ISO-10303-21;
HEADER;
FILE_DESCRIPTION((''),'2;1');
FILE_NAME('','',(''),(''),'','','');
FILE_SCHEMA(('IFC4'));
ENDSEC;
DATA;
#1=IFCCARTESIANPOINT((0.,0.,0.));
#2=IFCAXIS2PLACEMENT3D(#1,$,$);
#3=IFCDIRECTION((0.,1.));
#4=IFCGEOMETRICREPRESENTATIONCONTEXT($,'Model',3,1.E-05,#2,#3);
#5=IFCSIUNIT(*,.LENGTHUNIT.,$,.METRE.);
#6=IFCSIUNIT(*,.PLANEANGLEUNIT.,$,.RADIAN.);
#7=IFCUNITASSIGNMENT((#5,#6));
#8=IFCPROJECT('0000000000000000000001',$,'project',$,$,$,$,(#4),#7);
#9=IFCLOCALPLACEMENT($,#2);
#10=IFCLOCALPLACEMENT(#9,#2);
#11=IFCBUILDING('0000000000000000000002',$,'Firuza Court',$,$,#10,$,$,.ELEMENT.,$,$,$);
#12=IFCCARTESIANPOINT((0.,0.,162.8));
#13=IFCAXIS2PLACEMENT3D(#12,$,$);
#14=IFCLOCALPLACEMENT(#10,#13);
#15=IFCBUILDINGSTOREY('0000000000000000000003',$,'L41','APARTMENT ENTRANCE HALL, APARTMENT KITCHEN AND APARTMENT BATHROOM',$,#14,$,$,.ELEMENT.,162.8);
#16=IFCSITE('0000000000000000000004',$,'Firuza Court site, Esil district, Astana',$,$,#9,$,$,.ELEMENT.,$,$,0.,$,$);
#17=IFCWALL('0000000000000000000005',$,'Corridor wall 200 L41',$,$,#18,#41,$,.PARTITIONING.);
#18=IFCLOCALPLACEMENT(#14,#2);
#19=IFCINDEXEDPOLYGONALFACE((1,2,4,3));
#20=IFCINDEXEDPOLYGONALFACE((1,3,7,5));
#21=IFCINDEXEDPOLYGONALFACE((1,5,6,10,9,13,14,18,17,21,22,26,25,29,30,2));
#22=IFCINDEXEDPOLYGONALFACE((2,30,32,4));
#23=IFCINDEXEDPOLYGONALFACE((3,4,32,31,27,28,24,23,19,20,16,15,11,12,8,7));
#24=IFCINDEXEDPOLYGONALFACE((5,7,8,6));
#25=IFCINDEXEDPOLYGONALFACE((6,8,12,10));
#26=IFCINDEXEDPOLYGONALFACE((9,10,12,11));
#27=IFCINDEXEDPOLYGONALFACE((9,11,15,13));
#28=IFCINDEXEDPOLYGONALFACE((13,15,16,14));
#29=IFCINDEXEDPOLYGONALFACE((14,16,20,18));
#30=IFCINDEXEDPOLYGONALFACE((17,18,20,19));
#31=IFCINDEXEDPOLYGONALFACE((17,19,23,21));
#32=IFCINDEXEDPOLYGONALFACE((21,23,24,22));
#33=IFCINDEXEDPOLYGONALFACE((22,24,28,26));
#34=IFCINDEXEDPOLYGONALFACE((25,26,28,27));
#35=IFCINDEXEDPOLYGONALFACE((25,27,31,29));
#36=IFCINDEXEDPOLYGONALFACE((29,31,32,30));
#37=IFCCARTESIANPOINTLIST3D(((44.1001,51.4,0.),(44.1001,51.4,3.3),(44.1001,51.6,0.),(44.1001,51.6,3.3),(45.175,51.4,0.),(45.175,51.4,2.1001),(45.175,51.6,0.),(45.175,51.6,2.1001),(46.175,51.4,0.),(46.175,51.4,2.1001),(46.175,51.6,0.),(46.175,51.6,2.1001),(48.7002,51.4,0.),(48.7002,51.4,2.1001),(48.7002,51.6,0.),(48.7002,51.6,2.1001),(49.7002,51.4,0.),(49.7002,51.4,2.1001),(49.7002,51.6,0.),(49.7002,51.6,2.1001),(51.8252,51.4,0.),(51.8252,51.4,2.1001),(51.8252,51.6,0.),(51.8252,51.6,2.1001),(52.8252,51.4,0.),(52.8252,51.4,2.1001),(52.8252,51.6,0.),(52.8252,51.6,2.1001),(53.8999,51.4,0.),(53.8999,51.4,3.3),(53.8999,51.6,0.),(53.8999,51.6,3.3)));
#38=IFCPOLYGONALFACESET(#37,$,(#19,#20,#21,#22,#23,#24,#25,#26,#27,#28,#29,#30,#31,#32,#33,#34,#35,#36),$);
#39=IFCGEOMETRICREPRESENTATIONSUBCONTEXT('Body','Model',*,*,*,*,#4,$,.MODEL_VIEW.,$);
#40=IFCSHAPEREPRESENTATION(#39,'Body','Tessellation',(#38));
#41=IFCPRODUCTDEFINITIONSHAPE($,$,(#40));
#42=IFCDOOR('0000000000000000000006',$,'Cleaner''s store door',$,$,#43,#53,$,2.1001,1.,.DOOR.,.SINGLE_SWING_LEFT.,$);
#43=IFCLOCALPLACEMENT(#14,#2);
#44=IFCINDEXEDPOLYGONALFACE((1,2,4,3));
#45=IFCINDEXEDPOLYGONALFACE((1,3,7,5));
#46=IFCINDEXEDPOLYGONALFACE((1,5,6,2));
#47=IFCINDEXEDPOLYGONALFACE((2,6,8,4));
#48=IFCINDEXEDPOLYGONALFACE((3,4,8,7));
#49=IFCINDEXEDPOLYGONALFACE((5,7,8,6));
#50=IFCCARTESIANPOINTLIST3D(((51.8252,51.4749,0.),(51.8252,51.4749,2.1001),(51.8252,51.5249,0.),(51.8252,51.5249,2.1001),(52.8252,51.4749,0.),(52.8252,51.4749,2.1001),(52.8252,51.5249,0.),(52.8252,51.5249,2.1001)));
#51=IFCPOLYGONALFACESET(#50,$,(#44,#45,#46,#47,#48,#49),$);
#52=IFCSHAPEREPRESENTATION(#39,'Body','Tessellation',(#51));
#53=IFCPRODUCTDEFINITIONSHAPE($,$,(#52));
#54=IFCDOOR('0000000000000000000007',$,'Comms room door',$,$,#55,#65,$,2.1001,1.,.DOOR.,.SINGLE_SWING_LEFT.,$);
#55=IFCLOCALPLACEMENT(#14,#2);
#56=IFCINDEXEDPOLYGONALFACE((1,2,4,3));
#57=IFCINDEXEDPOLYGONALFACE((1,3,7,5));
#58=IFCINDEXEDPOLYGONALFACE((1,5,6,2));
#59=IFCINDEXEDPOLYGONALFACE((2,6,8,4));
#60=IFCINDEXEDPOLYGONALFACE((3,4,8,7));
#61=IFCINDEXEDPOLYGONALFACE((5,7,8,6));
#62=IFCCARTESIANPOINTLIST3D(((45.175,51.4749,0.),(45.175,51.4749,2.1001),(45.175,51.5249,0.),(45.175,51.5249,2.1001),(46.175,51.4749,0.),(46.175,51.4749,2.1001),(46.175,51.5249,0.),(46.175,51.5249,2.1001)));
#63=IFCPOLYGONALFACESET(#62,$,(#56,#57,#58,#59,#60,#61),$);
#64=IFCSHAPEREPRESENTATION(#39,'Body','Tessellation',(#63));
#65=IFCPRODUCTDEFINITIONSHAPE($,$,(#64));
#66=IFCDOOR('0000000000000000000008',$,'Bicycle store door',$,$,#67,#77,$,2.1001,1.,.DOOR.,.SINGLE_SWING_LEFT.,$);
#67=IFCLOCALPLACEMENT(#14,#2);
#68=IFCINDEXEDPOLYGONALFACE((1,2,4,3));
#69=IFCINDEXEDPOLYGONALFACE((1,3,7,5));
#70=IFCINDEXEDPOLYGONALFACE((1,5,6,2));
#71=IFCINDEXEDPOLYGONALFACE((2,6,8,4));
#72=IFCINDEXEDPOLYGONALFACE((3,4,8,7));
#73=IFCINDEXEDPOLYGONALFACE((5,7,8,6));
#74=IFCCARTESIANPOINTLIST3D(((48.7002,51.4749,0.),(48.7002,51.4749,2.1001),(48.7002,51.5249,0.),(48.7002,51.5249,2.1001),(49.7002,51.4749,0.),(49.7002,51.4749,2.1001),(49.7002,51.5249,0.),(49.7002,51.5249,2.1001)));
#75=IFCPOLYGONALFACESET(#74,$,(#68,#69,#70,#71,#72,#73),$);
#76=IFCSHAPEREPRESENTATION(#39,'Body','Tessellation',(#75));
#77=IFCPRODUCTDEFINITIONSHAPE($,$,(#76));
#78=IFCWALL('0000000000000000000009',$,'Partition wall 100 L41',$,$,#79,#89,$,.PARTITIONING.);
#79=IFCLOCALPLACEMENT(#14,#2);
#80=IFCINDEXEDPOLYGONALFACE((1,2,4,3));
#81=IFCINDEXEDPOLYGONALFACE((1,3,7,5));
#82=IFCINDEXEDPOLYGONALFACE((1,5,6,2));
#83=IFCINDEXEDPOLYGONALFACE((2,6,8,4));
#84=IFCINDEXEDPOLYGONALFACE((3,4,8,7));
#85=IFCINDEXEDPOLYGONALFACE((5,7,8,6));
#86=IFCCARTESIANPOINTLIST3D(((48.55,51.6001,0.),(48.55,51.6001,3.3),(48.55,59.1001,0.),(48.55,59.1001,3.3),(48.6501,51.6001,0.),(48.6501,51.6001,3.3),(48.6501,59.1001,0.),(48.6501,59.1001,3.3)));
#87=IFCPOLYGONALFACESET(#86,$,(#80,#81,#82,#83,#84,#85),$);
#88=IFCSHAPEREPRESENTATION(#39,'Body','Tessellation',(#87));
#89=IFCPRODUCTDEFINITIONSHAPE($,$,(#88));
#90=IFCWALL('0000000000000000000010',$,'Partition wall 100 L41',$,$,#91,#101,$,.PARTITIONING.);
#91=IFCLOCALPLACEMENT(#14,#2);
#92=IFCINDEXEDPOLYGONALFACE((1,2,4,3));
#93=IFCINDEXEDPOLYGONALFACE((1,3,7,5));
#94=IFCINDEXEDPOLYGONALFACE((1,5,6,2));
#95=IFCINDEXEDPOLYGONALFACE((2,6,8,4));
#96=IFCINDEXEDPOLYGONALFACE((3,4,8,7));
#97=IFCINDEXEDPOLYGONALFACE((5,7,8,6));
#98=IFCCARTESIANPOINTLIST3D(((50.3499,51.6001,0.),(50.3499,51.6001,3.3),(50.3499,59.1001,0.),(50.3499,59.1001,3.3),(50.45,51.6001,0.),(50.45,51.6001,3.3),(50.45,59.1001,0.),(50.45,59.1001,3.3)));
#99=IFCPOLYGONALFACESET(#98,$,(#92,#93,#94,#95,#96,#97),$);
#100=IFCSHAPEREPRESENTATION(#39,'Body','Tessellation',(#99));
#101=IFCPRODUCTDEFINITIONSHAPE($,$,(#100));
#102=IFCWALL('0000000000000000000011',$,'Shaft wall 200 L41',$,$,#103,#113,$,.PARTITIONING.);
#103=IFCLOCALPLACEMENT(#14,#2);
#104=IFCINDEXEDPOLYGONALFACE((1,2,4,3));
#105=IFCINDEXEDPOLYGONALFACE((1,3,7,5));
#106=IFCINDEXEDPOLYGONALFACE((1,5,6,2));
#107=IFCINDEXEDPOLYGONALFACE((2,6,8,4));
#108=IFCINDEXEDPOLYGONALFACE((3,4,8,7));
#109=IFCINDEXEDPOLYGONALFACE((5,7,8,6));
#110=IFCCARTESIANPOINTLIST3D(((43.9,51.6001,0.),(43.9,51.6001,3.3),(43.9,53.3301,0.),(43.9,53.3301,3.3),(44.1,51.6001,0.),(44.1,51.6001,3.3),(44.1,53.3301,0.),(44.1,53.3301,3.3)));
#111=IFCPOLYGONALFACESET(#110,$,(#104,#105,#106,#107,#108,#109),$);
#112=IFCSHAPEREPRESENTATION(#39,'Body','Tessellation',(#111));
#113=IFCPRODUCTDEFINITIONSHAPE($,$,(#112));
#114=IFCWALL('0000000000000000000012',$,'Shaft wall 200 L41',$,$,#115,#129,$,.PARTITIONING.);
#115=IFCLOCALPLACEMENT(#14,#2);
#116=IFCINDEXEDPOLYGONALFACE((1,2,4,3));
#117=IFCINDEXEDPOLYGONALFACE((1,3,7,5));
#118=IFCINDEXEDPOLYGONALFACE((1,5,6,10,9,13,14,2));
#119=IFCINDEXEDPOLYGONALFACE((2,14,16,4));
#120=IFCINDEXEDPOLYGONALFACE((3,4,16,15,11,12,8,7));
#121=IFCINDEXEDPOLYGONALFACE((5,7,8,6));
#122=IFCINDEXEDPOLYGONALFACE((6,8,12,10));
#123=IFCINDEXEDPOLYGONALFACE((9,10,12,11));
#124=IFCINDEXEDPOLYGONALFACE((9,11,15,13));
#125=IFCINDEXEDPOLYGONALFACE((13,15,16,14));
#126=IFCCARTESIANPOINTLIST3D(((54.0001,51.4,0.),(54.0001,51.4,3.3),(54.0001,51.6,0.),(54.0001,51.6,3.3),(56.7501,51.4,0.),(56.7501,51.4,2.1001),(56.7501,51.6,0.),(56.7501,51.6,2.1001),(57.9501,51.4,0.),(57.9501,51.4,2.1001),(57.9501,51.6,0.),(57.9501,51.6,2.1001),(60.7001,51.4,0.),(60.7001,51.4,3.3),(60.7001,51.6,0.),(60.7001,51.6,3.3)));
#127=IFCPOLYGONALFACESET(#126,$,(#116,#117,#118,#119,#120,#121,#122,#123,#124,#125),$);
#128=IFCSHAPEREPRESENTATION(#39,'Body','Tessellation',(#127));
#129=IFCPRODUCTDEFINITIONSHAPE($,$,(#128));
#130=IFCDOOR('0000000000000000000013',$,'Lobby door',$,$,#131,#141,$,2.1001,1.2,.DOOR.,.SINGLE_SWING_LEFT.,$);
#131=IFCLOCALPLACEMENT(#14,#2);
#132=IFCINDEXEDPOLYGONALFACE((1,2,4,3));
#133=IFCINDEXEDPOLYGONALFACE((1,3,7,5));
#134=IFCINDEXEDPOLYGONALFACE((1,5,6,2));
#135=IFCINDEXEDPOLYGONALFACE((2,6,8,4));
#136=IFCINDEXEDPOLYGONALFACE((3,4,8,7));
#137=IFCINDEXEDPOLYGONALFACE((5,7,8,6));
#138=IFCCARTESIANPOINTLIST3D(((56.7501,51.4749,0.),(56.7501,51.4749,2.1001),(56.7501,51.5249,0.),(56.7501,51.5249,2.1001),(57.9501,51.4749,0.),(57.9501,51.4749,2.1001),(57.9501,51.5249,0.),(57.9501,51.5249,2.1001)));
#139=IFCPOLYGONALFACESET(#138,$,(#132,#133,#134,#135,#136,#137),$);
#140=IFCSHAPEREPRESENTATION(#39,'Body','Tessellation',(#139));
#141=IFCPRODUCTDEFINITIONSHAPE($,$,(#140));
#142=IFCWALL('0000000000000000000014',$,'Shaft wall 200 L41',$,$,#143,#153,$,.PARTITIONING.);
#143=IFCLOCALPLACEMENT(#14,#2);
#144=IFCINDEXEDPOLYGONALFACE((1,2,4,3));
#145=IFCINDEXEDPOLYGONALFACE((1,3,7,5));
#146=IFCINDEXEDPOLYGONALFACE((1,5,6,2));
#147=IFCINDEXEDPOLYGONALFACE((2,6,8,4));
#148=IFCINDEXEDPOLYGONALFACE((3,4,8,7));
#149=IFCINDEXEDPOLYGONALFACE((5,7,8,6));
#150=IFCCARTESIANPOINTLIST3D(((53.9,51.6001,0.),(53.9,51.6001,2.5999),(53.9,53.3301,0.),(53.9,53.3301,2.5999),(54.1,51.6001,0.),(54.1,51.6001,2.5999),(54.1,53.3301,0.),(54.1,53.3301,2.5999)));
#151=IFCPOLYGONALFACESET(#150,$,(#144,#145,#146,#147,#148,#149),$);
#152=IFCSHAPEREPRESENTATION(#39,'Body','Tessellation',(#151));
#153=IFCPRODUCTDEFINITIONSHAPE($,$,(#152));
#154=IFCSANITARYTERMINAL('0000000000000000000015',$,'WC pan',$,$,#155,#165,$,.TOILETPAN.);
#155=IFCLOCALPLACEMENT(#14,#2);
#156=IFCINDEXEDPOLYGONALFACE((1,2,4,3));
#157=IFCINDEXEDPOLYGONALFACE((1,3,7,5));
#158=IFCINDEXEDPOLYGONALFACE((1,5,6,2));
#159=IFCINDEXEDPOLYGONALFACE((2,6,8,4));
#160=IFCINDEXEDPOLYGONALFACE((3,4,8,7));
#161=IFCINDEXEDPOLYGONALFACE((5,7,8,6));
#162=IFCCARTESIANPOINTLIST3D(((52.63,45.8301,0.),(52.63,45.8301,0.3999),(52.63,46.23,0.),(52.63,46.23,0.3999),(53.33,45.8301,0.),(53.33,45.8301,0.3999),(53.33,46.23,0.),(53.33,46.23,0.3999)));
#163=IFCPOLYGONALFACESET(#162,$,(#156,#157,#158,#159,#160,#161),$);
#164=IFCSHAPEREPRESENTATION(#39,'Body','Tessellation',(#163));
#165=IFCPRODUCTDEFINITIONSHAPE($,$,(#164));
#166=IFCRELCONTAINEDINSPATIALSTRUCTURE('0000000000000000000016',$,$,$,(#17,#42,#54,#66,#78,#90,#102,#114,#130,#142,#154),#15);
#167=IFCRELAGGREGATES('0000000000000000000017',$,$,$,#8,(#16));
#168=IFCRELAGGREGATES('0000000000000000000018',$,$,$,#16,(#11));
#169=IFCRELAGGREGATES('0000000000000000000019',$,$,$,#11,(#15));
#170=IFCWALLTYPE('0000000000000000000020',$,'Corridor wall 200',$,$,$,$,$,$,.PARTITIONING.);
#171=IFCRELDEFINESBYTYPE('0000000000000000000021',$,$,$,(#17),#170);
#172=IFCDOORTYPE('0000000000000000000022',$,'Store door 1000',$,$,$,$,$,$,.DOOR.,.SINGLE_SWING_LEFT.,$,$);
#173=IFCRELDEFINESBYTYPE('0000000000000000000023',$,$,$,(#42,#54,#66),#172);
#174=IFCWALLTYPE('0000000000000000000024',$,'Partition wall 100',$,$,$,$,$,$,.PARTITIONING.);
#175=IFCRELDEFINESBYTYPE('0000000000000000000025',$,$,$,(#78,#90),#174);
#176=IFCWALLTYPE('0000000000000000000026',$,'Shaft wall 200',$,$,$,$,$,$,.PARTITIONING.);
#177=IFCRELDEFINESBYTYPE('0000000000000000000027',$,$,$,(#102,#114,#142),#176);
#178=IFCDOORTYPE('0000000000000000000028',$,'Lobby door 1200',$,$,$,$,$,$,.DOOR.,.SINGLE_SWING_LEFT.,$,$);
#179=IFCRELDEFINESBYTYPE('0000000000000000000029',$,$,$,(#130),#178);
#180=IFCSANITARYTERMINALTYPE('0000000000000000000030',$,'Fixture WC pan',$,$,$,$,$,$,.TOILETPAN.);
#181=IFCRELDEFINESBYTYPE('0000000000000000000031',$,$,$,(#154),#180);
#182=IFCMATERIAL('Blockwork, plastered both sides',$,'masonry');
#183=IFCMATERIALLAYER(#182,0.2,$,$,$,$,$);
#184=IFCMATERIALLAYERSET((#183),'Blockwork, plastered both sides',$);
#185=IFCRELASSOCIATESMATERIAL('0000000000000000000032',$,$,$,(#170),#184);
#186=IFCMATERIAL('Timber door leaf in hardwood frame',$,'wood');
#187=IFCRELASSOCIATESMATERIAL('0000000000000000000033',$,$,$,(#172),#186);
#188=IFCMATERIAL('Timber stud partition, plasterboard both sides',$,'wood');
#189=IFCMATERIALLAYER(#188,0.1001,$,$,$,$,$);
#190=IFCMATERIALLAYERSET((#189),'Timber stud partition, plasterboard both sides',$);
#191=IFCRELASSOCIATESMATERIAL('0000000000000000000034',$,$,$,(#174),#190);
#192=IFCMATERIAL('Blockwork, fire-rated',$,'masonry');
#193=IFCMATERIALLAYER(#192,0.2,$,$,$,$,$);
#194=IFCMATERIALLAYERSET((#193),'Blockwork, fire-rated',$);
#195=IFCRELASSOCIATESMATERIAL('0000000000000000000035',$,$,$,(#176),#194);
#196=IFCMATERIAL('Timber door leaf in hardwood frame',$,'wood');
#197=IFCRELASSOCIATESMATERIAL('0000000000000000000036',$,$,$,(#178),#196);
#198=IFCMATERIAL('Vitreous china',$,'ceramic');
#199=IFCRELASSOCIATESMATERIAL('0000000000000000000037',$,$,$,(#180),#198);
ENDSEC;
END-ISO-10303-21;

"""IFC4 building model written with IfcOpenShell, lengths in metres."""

from ifc_helpers import new_model, si_unit, direction, frame, frame_2d, origin, origin_2d, place, context, subcontext, project, spatial, rectangle, extrude, material, layer, layer_set, type_object, element, fill, save


model = new_model("IFC4")

# Units and contexts
model_context = context("Model", 3, precision=1e-05, world=origin(), true_north=direction((0.0, 1.0)))
body_context = subcontext(model_context, "Body", "Model", "MODEL_VIEW")
ifc_project = project(units=[si_unit("LENGTHUNIT", "METRE"), si_unit("PLANEANGLEUNIT", "RADIAN")], contexts=[model_context])

# Site, building, storey
site_placement = place(None, origin())
site = spatial("IfcSite", under=ifc_project, at=site_placement, Name="Firuza Court site, Esil district, Astana", CompositionType="ELEMENT", RefElevation=0.0)
building_placement = place(site_placement, origin())
building = spatial("IfcBuilding", under=site, at=building_placement, Name="Firuza Court", CompositionType="ELEMENT")
storey_placement = place(building_placement, frame((0.0, 0.0, 162.8)))
storey = spatial("IfcBuildingStorey", under=building, at=storey_placement, Name="L41", Description="APARTMENT ENTRANCE HALL, APARTMENT KITCHEN AND APARTMENT BATHROOM", CompositionType="ELEMENT", Elevation=162.8)

# Shared definitions
ifc_material_1 = material(Name="Blockwork, plastered both sides", Category="masonry")
ifc_layer_1 = layer(ifc_material_1, 0.2)
ifc_layer_set_1 = layer_set([ifc_layer_1], Name="Blockwork, plastered both sides")
wall_type_1 = type_object("IfcWallType", Name="Corridor wall 200", PredefinedType="PARTITIONING", material=ifc_layer_set_1)

# Wall, openings, doors
wall_1_placement = place(storey_placement, frame((44.1001, 51.5, 0.0), z_axis=(0.0, 0.0, 1.0), x_axis=(1.0, 0.0, 0.0)))
wall_1 = element("IfcWall", 1, at=wall_1_placement, inside=storey, type_object=wall_type_1, Name="Corridor wall 200 L41", PredefinedType="PARTITIONING", context=body_context, shape_type="SweptSolid", body=[
    extrude(rectangle(XDim=9.7998, YDim=0.2, at=frame_2d((4.8999, 0.0))), origin(), (0.0, 0.0, 1.0), 3.3),
])
opening_1_placement = place(wall_1_placement, frame((7.7251, 0.0, 0.0)))
opening_1 = element("IfcOpeningElement", 2, at=opening_1_placement, cuts=wall_1, PredefinedType="OPENING", context=body_context, shape_type="SweptSolid", body=[
    extrude(rectangle(XDim=1.0, YDim=2.1001, at=frame_2d((0.5, 1.05))), frame((0.0, 0.1118, 0.0), z_axis=(0.0, -1.0, 0.0), x_axis=(1.0, 0.0, 0.0)), (0.0, 0.0, 1.0), 0.2239),
])
opening_2_placement = place(wall_1_placement, frame((1.075, 0.0, 0.0)))
opening_2 = element("IfcOpeningElement", 3, at=opening_2_placement, cuts=wall_1, PredefinedType="OPENING", context=body_context, shape_type="SweptSolid", body=[
    extrude(rectangle(XDim=1.0, YDim=2.1001, at=frame_2d((0.5, 1.05))), frame((0.0, 0.1118, 0.0), z_axis=(0.0, -1.0, 0.0), x_axis=(1.0, 0.0, 0.0)), (0.0, 0.0, 1.0), 0.2239),
])
opening_3_placement = place(wall_1_placement, frame((4.6001, 0.0, 0.0)))
opening_3 = element("IfcOpeningElement", 4, at=opening_3_placement, cuts=wall_1, PredefinedType="OPENING", context=body_context, shape_type="SweptSolid", body=[
    extrude(rectangle(XDim=1.0, YDim=2.1001, at=frame_2d((0.5, 1.05))), frame((0.0, 0.1118, 0.0), z_axis=(0.0, -1.0, 0.0), x_axis=(1.0, 0.0, 0.0)), (0.0, 0.0, 1.0), 0.2239),
])
ifc_material_2 = material(Name="Timber door leaf in hardwood frame", Category="wood")
door_type_1 = type_object("IfcDoorType", Name="Store door 1000", OperationType="SINGLE_SWING_LEFT", PredefinedType="DOOR", material=ifc_material_2)
door_1_placement = place(opening_1_placement, origin())
door_1 = element("IfcDoor", 5, at=door_1_placement, inside=storey, type_object=door_type_1, Name="Cleaner's store door", OperationType="SINGLE_SWING_LEFT", OverallHeight=2.1001, OverallWidth=1.0, PredefinedType="DOOR", context=body_context, shape_type="SweptSolid", body=[
    extrude(rectangle(XDim=1.0, YDim=2.1001, at=frame_2d((0.5, 1.05))), frame((0.0, 0.0249, 0.0), z_axis=(0.0, -1.0, 0.0), x_axis=(1.0, 0.0, 0.0)), (0.0, 0.0, 1.0), 0.05),
])
fill(opening_1, door_1)
door_2_placement = place(opening_2_placement, origin())
door_2 = element("IfcDoor", 6, at=door_2_placement, inside=storey, type_object=door_type_1, Name="Comms room door", OperationType="SINGLE_SWING_LEFT", OverallHeight=2.1001, OverallWidth=1.0, PredefinedType="DOOR", context=body_context, shape_type="SweptSolid", body=[
    extrude(rectangle(XDim=1.0, YDim=2.1001, at=frame_2d((0.5, 1.05))), frame((0.0, 0.0249, 0.0), z_axis=(0.0, -1.0, 0.0), x_axis=(1.0, 0.0, 0.0)), (0.0, 0.0, 1.0), 0.05),
])
fill(opening_2, door_2)
door_3_placement = place(opening_3_placement, origin())
door_3 = element("IfcDoor", 7, at=door_3_placement, inside=storey, type_object=door_type_1, Name="Bicycle store door", OperationType="SINGLE_SWING_LEFT", OverallHeight=2.1001, OverallWidth=1.0, PredefinedType="DOOR", context=body_context, shape_type="SweptSolid", body=[
    extrude(rectangle(XDim=1.0, YDim=2.1001, at=frame_2d((0.5, 1.05))), frame((0.0, 0.0249, 0.0), z_axis=(0.0, -1.0, 0.0), x_axis=(1.0, 0.0, 0.0)), (0.0, 0.0, 1.0), 0.05),
])
fill(opening_3, door_3)

# Walls
ifc_material_3 = material(Name="Timber stud partition, plasterboard both sides", Category="wood")
ifc_layer_2 = layer(ifc_material_3, 0.1001)
ifc_layer_set_2 = layer_set([ifc_layer_2], Name="Timber stud partition, plasterboard both sides")
wall_type_2 = type_object("IfcWallType", Name="Partition wall 100", PredefinedType="PARTITIONING", material=ifc_layer_set_2)
for number, where, z_axis, x_axis, name in (
    (8, (48.6001, 51.6001, 0.0), (0.0, 0.0, 1.0), (0.0, 1.0, 0.0), "Partition wall 100 L41"),
    (9, (50.3999, 51.6001, 0.0), (0.0, 0.0, 1.0), (0.0, 1.0, 0.0), "Partition wall 100 L41"),
):
    element("IfcWall", number, at=place(storey_placement, frame(where, z_axis=z_axis, x_axis=x_axis)), inside=storey, type_object=wall_type_2, Name=name, PredefinedType="PARTITIONING", context=body_context, shape_type="SweptSolid", body=[
        extrude(rectangle(XDim=7.5, YDim=0.1001, at=frame_2d((3.75, 0.0))), origin(), (0.0, 0.0, 1.0), 3.3),
    ])
ifc_material_4 = material(Name="Blockwork, fire-rated", Category="masonry")
ifc_layer_3 = layer(ifc_material_4, 0.2)
ifc_layer_set_3 = layer_set([ifc_layer_3], Name="Blockwork, fire-rated")
wall_type_3 = type_object("IfcWallType", Name="Shaft wall 200", PredefinedType="PARTITIONING", material=ifc_layer_set_3)
wall_2_placement = place(storey_placement, frame((44.0, 51.6001, 0.0), z_axis=(0.0, 0.0, 1.0), x_axis=(0.0, 1.0, 0.0)))
element("IfcWall", 10, at=wall_2_placement, inside=storey, type_object=wall_type_3, Name="Shaft wall 200 L41", PredefinedType="PARTITIONING", context=body_context, shape_type="SweptSolid", body=[
    extrude(rectangle(XDim=1.73, YDim=0.2, at=frame_2d((0.865, 0.0))), origin(), (0.0, 0.0, 1.0), 3.3),
])

# Wall, opening, door
wall_3_placement = place(storey_placement, frame((54.0, 51.5, 0.0), z_axis=(0.0, 0.0, 1.0), x_axis=(1.0, 0.0, 0.0)))
wall_3 = element("IfcWall", 11, at=wall_3_placement, inside=storey, type_object=wall_type_3, Name="Shaft wall 200 L41", PredefinedType="PARTITIONING", context=body_context, shape_type="SweptSolid", body=[
    extrude(rectangle(XDim=6.7, YDim=0.2, at=frame_2d((3.3501, 0.0))), origin(), (0.0, 0.0, 1.0), 3.3),
])
opening_4_placement = place(wall_3_placement, frame((2.75, 0.0, 0.0)))
opening_4 = element("IfcOpeningElement", 12, at=opening_4_placement, cuts=wall_3, PredefinedType="OPENING", context=body_context, shape_type="SweptSolid", body=[
    extrude(rectangle(XDim=1.2, YDim=2.1001, at=frame_2d((0.6001, 1.05))), frame((0.0, 0.1118, 0.0), z_axis=(0.0, -1.0, 0.0), x_axis=(1.0, 0.0, 0.0)), (0.0, 0.0, 1.0), 0.2239),
])
ifc_material_5 = material(Name="Timber door leaf in hardwood frame", Category="wood")
door_type_2 = type_object("IfcDoorType", Name="Lobby door 1200", OperationType="SINGLE_SWING_LEFT", PredefinedType="DOOR", material=ifc_material_5)
door_4_placement = place(opening_4_placement, origin())
door_4 = element("IfcDoor", 13, at=door_4_placement, inside=storey, type_object=door_type_2, Name="Lobby door", OperationType="SINGLE_SWING_LEFT", OverallHeight=2.1001, OverallWidth=1.2, PredefinedType="DOOR", context=body_context, shape_type="SweptSolid", body=[
    extrude(rectangle(XDim=1.2, YDim=2.1001, at=frame_2d((0.6001, 1.05))), frame((0.0, 0.0249, 0.0), z_axis=(0.0, -1.0, 0.0), x_axis=(1.0, 0.0, 0.0)), (0.0, 0.0, 1.0), 0.05),
])
fill(opening_4, door_4)

# Wall
wall_4_placement = place(storey_placement, frame((54.0, 51.6001, 0.0), z_axis=(0.0, 0.0, 1.0), x_axis=(0.0, 1.0, 0.0)))
element("IfcWall", 14, at=wall_4_placement, inside=storey, type_object=wall_type_3, Name="Shaft wall 200 L41", PredefinedType="PARTITIONING", context=body_context, shape_type="SweptSolid", body=[
    extrude(rectangle(XDim=1.73, YDim=0.2, at=frame_2d((0.865, 0.0))), origin(), (0.0, 0.0, 1.0), 2.5999),
])

# Sanitary terminal
ifc_material_6 = material(Name="Vitreous china", Category="ceramic")
sanitary_terminal_type_1 = type_object("IfcSanitaryTerminalType", Name="Fixture WC pan", PredefinedType="TOILETPAN", material=ifc_material_6)
sanitary_terminal_1_placement = place(storey_placement, frame((52.98, 46.03, 0.0), z_axis=(0.0, 0.0, 1.0), x_axis=(1.0, 0.0, 0.0)))
element("IfcSanitaryTerminal", 15, at=sanitary_terminal_1_placement, inside=storey, type_object=sanitary_terminal_type_1, Name="WC pan", PredefinedType="TOILETPAN", context=body_context, shape_type="SweptSolid", body=[
    extrude(rectangle(XDim=0.7, YDim=0.3999, at=origin_2d()), origin(), (0.0, 0.0, 1.0), 0.3999),
])

save(model, "model.ifc")
